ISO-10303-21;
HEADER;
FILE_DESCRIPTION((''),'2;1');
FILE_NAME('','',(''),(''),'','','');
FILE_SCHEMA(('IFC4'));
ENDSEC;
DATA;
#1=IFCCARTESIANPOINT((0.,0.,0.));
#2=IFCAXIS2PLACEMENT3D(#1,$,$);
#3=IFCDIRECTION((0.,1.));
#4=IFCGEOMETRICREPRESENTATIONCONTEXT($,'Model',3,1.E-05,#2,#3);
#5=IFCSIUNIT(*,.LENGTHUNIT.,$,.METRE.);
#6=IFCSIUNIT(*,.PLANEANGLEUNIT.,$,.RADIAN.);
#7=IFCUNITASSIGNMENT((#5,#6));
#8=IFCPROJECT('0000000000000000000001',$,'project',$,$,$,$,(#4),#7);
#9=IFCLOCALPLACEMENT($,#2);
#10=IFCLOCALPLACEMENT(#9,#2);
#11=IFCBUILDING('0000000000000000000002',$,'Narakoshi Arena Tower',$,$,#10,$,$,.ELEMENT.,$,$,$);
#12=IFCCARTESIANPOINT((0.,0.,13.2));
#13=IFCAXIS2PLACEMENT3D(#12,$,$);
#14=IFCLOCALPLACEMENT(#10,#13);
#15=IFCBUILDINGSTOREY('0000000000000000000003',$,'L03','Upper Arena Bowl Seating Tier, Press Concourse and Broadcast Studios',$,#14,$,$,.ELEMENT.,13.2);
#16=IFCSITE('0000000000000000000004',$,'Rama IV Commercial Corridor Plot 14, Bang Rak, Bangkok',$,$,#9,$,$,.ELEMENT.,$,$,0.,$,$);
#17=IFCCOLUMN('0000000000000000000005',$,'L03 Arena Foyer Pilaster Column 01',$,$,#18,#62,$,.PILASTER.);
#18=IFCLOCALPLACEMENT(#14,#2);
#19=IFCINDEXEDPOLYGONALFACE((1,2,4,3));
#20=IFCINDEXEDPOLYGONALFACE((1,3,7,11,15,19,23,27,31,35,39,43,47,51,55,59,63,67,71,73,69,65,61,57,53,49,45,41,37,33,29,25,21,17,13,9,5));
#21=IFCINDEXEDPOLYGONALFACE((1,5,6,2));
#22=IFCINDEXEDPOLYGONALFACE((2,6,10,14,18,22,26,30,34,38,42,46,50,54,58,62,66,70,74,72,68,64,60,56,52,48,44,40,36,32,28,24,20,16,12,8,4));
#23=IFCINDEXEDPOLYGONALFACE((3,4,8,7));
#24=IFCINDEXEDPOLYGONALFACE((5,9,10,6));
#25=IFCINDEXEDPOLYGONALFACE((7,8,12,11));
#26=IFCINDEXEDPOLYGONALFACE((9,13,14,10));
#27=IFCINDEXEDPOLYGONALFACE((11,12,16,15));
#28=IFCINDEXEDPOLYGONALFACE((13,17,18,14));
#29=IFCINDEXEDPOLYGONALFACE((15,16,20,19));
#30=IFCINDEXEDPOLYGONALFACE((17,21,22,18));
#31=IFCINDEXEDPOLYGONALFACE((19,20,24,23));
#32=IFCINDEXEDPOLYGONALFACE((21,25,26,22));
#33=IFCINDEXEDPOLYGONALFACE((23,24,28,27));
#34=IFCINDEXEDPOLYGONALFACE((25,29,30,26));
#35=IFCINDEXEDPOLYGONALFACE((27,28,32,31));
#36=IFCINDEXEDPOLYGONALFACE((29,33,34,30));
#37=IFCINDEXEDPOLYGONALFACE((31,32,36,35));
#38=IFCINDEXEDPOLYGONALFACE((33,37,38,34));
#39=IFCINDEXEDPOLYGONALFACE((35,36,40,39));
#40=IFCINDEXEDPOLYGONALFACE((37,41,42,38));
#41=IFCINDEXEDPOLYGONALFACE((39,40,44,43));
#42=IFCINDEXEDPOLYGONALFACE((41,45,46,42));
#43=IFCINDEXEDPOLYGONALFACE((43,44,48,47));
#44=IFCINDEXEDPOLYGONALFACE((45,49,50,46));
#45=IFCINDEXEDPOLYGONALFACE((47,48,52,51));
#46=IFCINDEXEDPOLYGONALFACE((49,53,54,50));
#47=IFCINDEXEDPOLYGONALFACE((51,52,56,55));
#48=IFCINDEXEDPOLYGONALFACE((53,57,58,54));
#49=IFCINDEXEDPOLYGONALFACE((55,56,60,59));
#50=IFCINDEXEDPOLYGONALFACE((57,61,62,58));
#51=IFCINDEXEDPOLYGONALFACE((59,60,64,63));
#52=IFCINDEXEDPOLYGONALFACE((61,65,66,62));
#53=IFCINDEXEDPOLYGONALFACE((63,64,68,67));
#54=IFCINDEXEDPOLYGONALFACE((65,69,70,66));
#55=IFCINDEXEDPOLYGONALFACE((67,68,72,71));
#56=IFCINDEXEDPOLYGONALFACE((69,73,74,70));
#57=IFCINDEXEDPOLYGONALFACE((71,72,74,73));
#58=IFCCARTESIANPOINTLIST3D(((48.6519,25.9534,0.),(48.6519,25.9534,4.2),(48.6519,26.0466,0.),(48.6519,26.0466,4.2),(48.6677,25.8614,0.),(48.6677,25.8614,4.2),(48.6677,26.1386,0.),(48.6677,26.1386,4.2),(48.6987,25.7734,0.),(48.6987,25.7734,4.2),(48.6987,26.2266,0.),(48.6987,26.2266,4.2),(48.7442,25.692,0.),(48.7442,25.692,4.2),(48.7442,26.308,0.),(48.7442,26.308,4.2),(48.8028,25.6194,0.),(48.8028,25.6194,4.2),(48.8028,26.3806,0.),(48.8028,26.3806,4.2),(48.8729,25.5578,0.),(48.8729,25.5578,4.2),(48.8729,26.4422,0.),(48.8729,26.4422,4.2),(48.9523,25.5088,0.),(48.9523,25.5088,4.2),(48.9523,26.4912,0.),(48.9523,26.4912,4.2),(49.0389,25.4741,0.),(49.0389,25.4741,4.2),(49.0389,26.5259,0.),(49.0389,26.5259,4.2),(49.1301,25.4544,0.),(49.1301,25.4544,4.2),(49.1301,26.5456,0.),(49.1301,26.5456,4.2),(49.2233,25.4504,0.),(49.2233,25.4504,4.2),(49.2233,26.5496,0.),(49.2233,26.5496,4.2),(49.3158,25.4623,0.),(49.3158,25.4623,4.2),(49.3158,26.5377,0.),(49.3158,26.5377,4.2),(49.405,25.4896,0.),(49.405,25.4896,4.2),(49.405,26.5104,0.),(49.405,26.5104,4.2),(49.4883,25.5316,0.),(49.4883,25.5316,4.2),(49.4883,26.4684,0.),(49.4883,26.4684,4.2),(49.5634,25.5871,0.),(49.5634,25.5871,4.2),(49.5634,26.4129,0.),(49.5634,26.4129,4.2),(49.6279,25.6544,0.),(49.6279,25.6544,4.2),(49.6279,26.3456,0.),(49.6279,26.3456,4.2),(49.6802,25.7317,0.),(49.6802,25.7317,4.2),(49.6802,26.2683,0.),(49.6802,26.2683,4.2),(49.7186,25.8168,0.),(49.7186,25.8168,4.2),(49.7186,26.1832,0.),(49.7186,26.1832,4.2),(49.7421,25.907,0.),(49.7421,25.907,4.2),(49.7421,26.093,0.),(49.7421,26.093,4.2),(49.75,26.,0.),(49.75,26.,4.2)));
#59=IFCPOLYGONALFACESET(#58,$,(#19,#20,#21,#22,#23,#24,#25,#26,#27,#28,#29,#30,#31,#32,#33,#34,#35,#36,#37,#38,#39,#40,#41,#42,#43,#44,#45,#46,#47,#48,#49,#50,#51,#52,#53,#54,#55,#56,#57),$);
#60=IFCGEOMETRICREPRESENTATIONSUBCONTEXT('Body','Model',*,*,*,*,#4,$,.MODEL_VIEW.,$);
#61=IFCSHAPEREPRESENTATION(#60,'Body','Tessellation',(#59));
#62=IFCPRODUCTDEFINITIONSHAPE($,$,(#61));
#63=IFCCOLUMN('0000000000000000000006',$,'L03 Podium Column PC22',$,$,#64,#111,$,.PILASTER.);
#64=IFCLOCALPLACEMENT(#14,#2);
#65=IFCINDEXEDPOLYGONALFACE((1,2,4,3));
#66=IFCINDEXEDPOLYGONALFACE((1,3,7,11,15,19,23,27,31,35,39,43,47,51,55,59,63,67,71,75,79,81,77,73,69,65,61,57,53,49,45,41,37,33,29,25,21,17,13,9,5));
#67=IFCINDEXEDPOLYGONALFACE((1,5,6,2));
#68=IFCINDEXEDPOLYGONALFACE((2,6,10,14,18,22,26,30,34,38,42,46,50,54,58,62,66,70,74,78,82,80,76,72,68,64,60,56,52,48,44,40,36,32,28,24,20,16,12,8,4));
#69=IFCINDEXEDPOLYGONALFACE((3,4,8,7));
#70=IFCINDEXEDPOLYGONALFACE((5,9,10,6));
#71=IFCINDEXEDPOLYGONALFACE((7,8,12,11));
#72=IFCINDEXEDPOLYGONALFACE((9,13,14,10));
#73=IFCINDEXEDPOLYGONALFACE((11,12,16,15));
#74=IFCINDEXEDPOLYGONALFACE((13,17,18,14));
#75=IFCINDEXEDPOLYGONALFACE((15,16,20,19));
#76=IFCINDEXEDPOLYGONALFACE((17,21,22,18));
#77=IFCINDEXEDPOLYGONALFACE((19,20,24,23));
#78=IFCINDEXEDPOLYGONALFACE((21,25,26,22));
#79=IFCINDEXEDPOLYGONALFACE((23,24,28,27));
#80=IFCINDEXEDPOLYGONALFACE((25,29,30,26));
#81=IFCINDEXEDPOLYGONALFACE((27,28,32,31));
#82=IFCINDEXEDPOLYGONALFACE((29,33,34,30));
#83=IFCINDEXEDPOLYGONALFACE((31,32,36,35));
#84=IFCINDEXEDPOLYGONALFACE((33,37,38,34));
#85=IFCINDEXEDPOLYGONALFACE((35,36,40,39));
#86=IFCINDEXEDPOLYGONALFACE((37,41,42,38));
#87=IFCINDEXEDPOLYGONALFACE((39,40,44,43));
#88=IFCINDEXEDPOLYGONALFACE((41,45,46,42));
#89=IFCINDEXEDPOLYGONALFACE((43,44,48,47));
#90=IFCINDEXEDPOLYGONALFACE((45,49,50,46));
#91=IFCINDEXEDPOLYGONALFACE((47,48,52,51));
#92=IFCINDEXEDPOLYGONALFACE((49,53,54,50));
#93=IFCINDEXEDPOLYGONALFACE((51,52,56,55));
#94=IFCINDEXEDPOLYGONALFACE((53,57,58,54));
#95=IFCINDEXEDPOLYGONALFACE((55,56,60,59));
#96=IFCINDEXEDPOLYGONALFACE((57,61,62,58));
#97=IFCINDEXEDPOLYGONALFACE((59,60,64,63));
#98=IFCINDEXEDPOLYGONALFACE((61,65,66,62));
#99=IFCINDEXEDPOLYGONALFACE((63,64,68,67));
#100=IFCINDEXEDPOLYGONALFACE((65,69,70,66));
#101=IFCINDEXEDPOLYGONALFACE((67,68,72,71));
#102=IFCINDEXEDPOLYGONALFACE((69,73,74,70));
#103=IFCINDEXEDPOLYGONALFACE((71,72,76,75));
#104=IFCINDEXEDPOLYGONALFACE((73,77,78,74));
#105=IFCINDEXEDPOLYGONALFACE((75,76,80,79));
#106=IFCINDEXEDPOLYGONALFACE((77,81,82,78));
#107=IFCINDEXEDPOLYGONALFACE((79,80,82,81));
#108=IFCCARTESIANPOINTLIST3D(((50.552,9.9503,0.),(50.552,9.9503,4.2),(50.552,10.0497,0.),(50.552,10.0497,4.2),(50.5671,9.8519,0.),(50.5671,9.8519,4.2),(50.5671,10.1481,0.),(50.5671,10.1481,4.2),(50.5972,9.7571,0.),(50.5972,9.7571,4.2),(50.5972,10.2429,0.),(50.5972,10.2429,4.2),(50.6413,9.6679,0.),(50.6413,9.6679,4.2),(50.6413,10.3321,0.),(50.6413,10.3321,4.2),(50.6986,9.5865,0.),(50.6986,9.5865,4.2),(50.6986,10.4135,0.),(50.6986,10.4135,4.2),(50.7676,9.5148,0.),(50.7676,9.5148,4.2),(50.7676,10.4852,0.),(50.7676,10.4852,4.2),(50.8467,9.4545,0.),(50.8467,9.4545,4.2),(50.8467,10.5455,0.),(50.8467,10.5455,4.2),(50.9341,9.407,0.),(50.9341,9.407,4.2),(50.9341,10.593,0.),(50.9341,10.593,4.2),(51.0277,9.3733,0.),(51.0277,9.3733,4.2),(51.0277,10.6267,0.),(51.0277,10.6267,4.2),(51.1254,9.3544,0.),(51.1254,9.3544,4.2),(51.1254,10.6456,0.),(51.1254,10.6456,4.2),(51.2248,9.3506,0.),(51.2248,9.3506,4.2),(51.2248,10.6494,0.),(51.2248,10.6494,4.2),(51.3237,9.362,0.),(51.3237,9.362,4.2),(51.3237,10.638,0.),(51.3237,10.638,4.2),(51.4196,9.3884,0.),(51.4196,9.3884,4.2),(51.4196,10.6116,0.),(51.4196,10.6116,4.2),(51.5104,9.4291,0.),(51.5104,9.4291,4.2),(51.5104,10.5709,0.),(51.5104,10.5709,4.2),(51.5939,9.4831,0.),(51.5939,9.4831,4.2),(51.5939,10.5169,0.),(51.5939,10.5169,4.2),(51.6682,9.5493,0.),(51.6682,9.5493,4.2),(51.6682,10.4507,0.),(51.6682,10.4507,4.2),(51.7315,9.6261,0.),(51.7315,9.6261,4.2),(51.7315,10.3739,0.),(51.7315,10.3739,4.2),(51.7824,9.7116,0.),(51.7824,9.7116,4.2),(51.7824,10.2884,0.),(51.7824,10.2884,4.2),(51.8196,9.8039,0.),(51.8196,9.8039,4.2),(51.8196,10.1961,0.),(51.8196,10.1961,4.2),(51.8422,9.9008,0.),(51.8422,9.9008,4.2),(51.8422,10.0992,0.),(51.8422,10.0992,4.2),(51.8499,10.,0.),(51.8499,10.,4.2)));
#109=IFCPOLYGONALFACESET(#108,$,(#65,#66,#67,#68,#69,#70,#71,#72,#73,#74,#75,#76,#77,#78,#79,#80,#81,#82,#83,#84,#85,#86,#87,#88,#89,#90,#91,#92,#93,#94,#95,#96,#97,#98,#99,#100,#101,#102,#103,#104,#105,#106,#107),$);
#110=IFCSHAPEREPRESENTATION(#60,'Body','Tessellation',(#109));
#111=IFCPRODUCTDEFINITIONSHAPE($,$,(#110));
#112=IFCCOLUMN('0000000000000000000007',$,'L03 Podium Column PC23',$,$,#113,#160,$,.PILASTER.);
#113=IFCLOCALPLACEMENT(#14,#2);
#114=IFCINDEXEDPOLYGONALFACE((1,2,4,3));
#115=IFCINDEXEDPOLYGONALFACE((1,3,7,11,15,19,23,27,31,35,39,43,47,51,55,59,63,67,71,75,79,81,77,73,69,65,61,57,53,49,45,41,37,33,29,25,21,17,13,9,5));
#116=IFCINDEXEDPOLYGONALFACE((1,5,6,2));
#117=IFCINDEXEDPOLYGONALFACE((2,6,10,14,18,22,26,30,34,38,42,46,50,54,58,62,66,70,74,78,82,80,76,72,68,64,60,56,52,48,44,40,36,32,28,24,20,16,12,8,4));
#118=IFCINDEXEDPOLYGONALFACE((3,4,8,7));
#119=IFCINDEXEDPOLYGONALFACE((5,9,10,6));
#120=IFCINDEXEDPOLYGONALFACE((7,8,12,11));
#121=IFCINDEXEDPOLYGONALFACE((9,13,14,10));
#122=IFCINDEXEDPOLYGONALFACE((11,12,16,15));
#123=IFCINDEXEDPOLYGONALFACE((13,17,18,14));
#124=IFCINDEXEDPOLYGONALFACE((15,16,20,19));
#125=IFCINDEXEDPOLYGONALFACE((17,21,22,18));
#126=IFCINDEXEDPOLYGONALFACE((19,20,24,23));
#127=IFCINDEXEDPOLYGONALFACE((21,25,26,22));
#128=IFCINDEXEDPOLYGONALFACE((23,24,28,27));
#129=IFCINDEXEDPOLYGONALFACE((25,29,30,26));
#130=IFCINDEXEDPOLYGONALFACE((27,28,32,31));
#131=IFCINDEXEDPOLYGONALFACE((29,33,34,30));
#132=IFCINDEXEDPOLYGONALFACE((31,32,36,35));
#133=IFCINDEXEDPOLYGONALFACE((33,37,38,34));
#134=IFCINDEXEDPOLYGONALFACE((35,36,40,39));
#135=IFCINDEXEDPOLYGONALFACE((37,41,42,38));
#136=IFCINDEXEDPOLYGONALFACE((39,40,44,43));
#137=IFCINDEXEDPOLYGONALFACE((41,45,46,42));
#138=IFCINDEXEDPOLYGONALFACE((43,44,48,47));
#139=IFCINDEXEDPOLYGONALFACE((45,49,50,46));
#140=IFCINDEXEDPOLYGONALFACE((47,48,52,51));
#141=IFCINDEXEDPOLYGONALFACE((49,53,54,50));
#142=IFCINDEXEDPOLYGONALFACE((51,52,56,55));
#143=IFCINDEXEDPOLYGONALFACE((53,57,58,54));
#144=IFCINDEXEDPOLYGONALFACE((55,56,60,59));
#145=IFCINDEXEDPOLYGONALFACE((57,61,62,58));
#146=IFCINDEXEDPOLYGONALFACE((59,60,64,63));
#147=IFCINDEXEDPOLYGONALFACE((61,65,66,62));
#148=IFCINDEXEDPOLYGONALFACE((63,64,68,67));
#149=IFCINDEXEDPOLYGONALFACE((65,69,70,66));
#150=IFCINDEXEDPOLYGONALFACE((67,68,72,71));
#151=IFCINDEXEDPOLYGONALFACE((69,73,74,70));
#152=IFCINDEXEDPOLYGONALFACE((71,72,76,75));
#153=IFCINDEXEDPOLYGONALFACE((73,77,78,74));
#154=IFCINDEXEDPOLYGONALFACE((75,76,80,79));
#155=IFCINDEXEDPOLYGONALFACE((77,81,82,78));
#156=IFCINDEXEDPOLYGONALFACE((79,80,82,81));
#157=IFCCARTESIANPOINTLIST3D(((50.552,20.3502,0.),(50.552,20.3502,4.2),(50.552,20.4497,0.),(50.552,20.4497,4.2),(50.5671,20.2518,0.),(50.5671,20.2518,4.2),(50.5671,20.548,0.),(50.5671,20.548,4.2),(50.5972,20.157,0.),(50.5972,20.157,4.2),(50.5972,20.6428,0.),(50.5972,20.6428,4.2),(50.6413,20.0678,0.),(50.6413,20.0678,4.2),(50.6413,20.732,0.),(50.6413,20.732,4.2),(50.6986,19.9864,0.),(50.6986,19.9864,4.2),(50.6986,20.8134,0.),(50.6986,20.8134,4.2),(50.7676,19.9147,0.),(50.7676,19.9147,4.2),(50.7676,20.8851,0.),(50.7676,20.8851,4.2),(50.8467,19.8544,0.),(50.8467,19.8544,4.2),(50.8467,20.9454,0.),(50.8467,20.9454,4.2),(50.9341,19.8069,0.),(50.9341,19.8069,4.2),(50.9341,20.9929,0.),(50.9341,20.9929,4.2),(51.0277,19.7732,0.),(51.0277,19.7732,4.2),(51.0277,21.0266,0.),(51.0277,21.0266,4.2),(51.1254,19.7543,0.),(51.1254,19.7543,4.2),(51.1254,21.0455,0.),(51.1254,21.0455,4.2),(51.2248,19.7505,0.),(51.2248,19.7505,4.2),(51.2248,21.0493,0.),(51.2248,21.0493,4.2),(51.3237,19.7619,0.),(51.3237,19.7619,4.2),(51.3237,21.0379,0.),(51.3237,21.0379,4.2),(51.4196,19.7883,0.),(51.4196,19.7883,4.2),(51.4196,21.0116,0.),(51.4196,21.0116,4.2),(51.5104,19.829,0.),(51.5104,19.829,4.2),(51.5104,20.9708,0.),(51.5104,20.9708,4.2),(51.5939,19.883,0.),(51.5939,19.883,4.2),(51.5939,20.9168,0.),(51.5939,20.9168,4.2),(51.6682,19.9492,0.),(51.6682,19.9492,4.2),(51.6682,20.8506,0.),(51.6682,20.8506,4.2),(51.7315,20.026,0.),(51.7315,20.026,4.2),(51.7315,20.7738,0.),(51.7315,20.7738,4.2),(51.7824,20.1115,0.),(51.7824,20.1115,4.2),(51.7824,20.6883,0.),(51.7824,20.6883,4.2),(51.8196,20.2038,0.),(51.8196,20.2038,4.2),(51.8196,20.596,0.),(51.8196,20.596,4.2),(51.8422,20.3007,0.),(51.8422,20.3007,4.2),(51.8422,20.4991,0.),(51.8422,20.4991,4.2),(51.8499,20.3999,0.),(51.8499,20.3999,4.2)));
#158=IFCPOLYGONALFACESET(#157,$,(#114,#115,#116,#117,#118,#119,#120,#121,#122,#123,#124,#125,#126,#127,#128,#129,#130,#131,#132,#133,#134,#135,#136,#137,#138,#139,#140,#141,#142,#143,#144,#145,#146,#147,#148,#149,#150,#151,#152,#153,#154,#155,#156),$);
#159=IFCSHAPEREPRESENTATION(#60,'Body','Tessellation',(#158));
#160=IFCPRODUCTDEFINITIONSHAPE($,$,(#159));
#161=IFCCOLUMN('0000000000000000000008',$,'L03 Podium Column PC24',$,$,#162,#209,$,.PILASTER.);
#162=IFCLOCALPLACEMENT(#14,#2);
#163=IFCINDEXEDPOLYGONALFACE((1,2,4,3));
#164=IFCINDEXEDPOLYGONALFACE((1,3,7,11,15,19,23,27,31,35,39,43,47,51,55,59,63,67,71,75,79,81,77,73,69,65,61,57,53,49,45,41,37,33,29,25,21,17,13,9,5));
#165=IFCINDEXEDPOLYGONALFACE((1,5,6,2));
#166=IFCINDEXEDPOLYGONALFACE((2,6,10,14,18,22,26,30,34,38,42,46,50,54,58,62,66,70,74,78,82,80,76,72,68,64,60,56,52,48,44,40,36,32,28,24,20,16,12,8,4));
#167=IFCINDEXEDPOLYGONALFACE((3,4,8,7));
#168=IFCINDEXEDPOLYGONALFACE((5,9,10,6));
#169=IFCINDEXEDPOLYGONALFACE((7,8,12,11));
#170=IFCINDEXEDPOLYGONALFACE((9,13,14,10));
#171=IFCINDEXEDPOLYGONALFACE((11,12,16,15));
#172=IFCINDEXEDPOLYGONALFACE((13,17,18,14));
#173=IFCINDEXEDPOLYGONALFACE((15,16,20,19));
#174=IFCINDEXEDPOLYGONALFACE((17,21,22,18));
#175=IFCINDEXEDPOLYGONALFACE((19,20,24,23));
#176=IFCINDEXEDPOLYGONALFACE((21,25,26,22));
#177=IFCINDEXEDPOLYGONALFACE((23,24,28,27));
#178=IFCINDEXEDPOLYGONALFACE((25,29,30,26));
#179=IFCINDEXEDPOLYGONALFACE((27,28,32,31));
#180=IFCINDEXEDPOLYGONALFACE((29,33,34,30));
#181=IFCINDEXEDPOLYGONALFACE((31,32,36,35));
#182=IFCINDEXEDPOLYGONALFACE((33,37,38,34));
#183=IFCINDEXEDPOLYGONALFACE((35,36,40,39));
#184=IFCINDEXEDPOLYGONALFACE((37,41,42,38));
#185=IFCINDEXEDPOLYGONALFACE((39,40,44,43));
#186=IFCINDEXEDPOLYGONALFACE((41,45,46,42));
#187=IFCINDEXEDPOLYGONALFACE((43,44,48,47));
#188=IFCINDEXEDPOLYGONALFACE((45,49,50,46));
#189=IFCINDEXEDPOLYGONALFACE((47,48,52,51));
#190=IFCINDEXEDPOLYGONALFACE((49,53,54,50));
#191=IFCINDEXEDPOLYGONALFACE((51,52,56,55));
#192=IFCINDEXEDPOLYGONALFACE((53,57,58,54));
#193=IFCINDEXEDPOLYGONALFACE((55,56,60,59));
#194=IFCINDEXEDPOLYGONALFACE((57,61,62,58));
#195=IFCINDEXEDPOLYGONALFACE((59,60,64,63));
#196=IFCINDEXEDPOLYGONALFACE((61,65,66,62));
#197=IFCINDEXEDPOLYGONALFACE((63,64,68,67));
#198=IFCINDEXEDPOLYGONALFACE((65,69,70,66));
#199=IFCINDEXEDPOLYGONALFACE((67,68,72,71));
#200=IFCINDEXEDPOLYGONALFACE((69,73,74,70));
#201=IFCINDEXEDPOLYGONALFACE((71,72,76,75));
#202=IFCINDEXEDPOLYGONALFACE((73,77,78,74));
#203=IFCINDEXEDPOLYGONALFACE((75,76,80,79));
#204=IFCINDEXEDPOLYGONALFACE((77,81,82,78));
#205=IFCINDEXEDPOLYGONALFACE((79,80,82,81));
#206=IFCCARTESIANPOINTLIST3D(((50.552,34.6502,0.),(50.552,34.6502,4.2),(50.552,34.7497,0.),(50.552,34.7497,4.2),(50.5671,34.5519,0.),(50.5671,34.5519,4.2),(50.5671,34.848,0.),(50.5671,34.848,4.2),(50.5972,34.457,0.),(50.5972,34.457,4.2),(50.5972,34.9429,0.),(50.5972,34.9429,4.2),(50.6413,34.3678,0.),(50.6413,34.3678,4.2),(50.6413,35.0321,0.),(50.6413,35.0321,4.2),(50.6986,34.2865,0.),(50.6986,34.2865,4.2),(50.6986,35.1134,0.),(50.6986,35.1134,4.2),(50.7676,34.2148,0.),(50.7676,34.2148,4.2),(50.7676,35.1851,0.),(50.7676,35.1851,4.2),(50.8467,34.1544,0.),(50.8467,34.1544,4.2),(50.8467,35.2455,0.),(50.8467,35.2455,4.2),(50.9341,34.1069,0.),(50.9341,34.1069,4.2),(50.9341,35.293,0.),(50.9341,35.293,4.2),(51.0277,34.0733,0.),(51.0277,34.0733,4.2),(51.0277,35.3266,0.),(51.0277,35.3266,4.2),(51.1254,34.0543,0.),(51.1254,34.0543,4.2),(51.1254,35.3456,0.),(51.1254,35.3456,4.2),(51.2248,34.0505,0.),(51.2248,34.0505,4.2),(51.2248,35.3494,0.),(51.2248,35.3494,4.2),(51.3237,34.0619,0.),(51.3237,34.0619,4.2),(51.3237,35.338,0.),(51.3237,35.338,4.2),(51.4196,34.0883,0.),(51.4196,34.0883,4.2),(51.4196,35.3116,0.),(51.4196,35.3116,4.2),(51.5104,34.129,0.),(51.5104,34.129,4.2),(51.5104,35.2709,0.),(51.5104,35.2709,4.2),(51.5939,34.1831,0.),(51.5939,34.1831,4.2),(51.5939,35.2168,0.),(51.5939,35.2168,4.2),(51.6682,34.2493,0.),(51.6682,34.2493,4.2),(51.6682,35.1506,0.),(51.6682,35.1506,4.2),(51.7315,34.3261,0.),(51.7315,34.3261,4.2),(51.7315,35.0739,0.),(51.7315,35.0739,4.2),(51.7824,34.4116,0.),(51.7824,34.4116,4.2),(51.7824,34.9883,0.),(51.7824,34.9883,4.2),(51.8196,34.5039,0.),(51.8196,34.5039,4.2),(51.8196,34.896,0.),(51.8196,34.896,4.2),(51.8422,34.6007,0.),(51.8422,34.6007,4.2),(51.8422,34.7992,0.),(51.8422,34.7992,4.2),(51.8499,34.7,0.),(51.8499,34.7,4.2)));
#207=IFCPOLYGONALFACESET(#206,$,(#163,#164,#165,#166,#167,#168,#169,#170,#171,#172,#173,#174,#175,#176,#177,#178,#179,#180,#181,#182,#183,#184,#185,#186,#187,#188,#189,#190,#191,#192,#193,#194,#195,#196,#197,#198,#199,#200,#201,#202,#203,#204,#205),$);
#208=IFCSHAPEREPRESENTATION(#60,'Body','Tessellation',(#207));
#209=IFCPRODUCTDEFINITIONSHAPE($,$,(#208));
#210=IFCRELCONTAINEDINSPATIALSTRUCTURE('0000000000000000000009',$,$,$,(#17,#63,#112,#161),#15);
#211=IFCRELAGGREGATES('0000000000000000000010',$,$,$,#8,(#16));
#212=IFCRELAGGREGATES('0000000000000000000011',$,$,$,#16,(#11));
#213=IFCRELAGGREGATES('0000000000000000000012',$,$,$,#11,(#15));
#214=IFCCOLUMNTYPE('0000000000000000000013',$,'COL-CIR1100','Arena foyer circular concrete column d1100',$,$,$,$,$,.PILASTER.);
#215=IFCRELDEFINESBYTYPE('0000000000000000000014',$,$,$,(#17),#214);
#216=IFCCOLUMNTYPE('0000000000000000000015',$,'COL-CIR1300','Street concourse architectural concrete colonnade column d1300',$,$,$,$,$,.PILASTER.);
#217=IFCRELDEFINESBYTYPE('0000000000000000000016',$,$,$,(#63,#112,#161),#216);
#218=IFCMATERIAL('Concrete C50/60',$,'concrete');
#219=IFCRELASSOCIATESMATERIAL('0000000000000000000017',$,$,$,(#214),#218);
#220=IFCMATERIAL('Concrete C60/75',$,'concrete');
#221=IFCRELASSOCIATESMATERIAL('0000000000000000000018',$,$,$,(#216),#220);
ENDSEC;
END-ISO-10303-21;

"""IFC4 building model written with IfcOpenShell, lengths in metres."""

from ifc_helpers import new_model, si_unit, direction, frame, origin, origin_2d, place, context, subcontext, project, spatial, circle, extrude, material, material_profile, profile_set, type_object, element, save


model = new_model("IFC4")

# Units and contexts
model_context = context("Model", 3, precision=1e-05, world=origin(), true_north=direction((0.0, 1.0)))
body_context = subcontext(model_context, "Body", "Model", "MODEL_VIEW")
ifc_project = project(units=[si_unit("LENGTHUNIT", "METRE"), si_unit("PLANEANGLEUNIT", "RADIAN")], contexts=[model_context])

# Site, building, storey
site_placement = place(None, origin())
site = spatial("IfcSite", under=ifc_project, at=site_placement, Name="Rama IV Commercial Corridor Plot 14, Bang Rak, Bangkok", CompositionType="ELEMENT", RefElevation=0.0)
building_placement = place(site_placement, origin())
building = spatial("IfcBuilding", under=site, at=building_placement, Name="Narakoshi Arena Tower", CompositionType="ELEMENT")
storey_placement = place(building_placement, frame((0.0, 0.0, 13.2)))
storey = spatial("IfcBuildingStorey", under=building, at=storey_placement, Name="L03", Description="Upper Arena Bowl Seating Tier, Press Concourse and Broadcast Studios", CompositionType="ELEMENT", Elevation=13.2)

# Columns
ifc_material_1 = material(Name="Concrete C50/60", Category="concrete")
ifc_material_profile_1 = material_profile(ifc_material_1, circle(Radius=0.55, at=origin_2d()), Name="RCC1100")
ifc_profile_set_1 = profile_set([ifc_material_profile_1], Name="Concrete C50/60")
column_type_1 = type_object("IfcColumnType", Name="COL-CIR1100", Description="Arena foyer circular concrete column d1100", PredefinedType="PILASTER", material=ifc_profile_set_1)
column_placement = place(storey_placement, frame((49.2, 26.0, 0.0), z_axis=(0.0, 0.0, 1.0), x_axis=(1.0, 0.0, 0.0)))
element("IfcColumn", 1, at=column_placement, inside=storey, type_object=column_type_1, Name="L03 Arena Foyer Pilaster Column 01", PredefinedType="PILASTER", context=body_context, shape_type="SweptSolid", body=[
    extrude(circle(Radius=0.55, at=origin_2d()), origin(), (0.0, 0.0, 1.0), 4.2),
])
ifc_material_2 = material(Name="Concrete C60/75", Category="concrete")
ifc_material_profile_2 = material_profile(ifc_material_2, circle(Radius=0.6499, at=origin_2d()), Name="RCC1300")
ifc_profile_set_2 = profile_set([ifc_material_profile_2], Name="Concrete C60/75")
column_type_2 = type_object("IfcColumnType", Name="COL-CIR1300", Description="Street concourse architectural concrete colonnade column d1300", PredefinedType="PILASTER", material=ifc_profile_set_2)
for number, where, z_axis, x_axis, name in (
    (2, (51.2, 10.0, 0.0), (0.0, 0.0, 1.0), (1.0, 0.0, 0.0), "L03 Podium Column PC22"),
    (3, (51.2, 20.3999, 0.0), (0.0, 0.0, 1.0), (1.0, 0.0, 0.0), "L03 Podium Column PC23"),
    (4, (51.2, 34.7, 0.0), (0.0, 0.0, 1.0), (1.0, 0.0, 0.0), "L03 Podium Column PC24"),
):
    element("IfcColumn", number, at=place(storey_placement, frame(where, z_axis=z_axis, x_axis=x_axis)), inside=storey, type_object=column_type_2, Name=name, PredefinedType="PILASTER", context=body_context, shape_type="SweptSolid", body=[
        extrude(circle(Radius=0.6499, at=origin_2d()), origin(), (0.0, 0.0, 1.0), 4.2),
    ])

save(model, "model.ifc")
